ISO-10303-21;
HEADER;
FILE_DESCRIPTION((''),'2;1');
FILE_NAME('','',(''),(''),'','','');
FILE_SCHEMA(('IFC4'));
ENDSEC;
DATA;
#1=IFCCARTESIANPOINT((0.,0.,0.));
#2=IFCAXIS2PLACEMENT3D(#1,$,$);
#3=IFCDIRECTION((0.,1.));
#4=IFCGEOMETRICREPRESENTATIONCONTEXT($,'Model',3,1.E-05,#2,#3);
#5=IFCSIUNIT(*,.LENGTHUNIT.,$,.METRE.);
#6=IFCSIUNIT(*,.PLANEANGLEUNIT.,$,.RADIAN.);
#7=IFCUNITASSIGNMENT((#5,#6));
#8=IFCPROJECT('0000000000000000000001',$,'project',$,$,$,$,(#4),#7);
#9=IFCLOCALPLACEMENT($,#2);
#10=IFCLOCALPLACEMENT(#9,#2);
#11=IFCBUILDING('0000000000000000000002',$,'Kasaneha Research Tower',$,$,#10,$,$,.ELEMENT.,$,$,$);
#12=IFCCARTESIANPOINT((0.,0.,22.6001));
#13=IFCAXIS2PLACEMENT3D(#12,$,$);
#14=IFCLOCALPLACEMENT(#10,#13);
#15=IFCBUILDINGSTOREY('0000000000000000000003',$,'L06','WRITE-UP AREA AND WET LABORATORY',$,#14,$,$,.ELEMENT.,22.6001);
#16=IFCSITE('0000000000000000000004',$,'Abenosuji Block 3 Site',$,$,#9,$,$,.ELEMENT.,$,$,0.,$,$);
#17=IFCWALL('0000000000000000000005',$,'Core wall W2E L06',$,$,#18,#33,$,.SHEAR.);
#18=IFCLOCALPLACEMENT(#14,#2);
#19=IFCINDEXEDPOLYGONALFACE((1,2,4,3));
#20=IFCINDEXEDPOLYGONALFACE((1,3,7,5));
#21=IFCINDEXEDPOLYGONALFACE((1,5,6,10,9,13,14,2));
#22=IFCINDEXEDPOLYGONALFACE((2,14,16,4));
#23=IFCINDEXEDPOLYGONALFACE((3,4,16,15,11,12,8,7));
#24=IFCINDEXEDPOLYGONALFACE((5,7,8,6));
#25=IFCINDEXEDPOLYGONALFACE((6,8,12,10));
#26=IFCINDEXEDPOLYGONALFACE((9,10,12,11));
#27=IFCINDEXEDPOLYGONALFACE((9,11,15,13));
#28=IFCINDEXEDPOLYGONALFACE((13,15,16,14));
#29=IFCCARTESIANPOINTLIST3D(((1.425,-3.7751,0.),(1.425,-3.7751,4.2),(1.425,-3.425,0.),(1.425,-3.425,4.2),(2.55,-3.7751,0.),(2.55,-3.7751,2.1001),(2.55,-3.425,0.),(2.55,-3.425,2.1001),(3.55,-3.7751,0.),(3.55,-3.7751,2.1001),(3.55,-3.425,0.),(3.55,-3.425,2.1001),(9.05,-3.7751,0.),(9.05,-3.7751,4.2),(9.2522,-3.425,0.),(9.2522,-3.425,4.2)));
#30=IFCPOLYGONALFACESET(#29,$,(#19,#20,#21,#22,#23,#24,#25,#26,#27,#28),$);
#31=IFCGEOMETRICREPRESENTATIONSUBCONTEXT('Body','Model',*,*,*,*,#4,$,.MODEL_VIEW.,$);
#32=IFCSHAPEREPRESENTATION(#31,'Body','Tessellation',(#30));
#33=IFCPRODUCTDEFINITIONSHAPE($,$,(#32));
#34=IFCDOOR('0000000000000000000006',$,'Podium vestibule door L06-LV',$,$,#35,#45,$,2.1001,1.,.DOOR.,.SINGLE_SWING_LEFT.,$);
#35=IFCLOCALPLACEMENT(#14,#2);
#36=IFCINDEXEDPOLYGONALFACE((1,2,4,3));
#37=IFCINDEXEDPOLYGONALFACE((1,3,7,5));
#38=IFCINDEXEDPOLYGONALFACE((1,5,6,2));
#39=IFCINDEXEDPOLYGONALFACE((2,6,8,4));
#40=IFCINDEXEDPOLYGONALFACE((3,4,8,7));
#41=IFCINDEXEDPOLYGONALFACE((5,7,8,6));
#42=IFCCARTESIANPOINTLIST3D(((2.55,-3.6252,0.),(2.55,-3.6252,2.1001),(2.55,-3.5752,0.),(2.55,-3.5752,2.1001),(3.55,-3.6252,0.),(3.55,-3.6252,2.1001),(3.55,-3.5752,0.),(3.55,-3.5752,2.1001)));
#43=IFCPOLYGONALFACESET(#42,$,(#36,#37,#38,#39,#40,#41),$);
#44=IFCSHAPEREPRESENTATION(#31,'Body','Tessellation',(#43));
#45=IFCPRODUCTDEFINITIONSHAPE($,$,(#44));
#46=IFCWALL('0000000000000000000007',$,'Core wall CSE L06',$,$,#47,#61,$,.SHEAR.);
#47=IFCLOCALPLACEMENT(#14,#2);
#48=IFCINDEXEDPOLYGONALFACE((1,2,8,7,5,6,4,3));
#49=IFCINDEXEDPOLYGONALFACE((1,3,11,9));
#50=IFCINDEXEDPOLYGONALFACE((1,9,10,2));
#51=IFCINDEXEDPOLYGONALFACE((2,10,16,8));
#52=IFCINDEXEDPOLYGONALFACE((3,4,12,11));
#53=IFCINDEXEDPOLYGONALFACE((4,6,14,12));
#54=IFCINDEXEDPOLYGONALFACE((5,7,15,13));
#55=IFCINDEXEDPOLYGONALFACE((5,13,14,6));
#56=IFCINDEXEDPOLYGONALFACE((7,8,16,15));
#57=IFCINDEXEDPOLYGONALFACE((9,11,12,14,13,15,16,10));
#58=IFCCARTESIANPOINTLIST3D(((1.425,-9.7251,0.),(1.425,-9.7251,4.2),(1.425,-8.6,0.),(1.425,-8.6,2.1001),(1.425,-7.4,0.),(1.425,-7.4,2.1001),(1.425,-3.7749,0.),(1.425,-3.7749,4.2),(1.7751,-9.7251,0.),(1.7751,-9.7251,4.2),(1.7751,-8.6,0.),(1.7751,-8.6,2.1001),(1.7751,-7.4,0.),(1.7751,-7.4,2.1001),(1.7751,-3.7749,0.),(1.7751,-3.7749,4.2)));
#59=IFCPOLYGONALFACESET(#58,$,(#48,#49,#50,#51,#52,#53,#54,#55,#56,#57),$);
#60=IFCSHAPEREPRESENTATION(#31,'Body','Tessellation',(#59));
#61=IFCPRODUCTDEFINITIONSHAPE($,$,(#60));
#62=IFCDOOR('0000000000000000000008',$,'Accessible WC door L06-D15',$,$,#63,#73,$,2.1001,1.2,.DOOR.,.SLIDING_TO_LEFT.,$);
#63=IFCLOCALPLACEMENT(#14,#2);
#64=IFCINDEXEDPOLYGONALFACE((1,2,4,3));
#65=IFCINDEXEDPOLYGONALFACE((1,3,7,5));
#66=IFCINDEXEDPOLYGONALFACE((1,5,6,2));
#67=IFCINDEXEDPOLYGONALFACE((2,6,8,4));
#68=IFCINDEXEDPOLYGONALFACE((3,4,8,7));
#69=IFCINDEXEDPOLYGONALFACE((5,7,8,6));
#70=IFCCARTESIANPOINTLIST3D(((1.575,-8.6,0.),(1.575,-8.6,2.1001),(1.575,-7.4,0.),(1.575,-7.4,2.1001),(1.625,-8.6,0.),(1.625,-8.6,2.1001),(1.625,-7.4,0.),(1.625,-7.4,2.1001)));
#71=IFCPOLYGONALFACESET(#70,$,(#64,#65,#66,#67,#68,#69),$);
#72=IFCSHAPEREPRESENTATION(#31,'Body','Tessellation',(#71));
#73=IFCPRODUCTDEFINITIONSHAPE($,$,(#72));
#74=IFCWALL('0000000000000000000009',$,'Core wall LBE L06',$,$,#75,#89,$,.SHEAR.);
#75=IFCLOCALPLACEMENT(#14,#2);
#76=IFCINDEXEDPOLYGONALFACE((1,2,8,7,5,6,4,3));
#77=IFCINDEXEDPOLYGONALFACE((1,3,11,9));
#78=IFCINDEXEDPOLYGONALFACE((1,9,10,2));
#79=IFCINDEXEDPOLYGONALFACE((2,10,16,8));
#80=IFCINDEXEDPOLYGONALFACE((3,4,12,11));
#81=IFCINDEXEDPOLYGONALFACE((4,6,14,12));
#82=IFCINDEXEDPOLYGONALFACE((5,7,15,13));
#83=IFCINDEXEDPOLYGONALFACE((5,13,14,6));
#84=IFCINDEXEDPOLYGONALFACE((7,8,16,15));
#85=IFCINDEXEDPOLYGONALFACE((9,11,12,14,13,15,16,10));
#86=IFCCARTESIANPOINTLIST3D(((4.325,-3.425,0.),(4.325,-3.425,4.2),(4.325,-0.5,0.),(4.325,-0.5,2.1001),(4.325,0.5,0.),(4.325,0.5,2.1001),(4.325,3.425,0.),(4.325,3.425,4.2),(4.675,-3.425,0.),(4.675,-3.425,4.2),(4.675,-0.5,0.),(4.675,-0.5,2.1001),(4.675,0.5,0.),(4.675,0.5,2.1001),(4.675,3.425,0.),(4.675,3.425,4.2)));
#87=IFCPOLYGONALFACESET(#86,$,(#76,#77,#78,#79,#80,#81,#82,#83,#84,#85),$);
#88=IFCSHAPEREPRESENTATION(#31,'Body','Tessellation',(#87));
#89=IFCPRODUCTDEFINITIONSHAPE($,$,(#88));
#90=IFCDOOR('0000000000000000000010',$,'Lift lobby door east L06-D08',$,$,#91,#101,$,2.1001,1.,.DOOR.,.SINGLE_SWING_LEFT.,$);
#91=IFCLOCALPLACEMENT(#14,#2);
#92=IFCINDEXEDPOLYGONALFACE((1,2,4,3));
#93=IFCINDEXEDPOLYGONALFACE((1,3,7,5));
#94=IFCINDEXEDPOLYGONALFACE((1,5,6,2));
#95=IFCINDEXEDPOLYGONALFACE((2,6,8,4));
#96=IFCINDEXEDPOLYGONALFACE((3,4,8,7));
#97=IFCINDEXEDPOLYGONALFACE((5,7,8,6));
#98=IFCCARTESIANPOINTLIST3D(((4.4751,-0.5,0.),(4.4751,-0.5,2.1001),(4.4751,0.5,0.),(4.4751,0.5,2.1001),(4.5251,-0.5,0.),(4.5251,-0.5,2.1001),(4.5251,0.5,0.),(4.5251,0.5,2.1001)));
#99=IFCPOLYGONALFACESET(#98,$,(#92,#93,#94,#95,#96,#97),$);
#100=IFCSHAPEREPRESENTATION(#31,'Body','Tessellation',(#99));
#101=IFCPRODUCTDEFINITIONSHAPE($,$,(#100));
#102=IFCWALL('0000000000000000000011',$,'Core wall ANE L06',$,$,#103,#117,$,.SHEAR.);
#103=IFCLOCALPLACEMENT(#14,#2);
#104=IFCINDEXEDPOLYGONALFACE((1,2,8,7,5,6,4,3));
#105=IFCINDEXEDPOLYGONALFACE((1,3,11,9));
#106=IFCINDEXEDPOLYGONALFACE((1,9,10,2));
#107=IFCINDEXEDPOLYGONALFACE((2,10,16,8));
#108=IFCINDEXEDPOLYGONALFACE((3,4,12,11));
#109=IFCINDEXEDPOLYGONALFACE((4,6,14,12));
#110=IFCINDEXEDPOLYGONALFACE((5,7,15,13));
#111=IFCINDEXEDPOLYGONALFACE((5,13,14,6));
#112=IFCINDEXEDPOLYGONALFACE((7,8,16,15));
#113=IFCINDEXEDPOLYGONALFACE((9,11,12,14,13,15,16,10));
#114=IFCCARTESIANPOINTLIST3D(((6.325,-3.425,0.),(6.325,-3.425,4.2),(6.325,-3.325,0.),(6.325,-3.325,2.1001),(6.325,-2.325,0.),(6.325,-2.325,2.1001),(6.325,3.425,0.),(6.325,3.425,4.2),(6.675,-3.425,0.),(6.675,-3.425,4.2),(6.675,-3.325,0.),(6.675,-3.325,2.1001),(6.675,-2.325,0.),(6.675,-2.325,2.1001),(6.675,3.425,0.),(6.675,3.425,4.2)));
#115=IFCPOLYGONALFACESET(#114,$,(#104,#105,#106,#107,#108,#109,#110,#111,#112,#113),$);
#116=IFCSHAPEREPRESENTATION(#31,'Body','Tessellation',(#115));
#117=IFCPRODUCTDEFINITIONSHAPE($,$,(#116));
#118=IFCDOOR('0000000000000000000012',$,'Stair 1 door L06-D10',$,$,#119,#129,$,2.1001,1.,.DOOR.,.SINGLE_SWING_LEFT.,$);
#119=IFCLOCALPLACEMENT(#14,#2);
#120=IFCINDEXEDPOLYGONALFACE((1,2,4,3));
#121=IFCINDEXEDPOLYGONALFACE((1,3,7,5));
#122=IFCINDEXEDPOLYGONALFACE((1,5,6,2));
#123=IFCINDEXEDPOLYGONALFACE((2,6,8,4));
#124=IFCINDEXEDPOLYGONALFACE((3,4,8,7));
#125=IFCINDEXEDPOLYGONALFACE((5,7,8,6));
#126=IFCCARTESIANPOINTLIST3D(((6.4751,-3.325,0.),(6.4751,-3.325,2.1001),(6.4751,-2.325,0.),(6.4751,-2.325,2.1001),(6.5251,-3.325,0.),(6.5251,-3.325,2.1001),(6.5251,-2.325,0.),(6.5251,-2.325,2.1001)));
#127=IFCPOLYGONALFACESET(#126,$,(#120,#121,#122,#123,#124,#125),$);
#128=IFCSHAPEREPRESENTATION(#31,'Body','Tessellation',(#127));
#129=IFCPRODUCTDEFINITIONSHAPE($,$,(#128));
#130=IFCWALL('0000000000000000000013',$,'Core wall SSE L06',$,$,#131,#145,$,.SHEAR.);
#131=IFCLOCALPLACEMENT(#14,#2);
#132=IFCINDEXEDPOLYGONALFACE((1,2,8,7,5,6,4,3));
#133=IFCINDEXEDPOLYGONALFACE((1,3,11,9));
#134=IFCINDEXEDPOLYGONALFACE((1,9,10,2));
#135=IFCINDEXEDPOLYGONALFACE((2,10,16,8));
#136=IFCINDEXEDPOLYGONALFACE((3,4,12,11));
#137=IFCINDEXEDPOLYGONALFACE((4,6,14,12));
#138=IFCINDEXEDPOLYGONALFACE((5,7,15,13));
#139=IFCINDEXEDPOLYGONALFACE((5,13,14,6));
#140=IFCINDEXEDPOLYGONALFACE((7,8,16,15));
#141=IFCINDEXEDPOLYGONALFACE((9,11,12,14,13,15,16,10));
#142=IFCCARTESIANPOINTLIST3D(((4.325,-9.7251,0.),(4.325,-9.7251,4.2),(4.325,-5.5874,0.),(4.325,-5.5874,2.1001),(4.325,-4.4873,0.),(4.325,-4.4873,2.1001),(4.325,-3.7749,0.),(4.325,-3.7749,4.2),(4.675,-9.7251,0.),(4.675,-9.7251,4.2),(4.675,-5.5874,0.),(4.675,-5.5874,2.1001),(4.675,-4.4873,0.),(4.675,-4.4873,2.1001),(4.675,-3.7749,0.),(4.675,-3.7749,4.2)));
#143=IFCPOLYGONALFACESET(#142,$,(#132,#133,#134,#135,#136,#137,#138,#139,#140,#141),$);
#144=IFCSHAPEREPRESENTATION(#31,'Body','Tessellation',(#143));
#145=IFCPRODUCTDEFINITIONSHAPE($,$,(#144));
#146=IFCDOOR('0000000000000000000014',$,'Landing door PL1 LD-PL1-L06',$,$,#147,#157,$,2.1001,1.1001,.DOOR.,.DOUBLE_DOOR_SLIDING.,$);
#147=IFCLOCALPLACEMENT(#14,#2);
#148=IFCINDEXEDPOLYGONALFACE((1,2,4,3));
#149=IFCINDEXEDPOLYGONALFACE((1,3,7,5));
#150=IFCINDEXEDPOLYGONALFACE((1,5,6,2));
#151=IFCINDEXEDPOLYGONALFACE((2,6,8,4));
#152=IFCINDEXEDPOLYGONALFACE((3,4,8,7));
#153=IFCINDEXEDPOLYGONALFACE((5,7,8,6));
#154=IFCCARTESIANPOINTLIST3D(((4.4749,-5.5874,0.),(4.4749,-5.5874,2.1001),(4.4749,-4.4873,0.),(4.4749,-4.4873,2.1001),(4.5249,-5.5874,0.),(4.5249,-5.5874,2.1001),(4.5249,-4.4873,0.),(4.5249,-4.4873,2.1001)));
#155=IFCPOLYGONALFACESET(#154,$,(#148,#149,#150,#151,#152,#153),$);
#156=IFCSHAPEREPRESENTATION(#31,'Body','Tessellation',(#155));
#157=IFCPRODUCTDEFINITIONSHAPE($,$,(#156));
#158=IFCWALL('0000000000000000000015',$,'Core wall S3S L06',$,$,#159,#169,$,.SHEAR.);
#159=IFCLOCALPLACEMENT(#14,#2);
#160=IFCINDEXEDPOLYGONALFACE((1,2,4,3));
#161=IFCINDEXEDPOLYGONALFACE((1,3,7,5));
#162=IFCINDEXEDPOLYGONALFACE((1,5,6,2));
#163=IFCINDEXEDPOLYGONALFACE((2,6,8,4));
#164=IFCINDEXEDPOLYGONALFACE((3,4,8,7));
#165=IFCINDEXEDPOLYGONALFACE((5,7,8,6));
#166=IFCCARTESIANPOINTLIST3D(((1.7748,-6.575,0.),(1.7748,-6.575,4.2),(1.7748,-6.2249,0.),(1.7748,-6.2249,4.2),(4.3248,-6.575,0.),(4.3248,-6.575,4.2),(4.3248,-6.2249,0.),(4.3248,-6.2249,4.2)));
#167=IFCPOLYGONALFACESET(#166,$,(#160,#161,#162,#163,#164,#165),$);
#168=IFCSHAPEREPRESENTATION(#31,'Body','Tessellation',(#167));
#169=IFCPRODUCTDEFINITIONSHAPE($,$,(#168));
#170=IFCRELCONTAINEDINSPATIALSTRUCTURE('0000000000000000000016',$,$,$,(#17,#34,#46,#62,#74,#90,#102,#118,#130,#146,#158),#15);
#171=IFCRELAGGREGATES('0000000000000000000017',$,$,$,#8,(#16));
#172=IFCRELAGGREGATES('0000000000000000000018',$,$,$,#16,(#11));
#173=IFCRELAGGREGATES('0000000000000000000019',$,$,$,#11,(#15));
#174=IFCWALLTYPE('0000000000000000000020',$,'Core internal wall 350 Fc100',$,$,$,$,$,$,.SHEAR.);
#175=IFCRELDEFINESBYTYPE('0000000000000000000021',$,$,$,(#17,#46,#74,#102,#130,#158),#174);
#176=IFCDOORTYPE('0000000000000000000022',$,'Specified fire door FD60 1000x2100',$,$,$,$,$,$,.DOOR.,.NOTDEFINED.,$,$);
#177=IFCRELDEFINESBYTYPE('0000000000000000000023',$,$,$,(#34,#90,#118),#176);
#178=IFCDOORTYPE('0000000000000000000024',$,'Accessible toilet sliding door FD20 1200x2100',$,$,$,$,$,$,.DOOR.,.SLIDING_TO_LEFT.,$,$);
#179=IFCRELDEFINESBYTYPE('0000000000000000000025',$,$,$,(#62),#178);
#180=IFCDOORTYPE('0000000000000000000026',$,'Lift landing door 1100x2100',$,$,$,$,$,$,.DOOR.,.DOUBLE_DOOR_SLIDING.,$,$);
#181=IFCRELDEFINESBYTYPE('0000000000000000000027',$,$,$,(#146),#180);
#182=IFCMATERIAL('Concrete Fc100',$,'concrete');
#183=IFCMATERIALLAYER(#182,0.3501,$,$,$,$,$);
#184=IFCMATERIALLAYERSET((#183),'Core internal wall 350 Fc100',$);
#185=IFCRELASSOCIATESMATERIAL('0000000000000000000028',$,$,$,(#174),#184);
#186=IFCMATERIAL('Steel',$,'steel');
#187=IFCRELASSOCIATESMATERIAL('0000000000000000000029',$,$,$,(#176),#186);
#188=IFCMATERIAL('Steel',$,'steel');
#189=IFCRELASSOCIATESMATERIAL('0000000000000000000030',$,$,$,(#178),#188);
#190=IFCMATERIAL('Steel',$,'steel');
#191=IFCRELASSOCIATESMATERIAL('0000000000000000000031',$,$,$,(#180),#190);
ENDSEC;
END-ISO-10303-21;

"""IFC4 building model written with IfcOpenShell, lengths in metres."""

from ifc_helpers import new_model, si_unit, direction, frame, frame_2d, origin, place, context, subcontext, project, spatial, polyline, rectangle, outline, extrude, material, layer, layer_set, type_object, element, fill, save


model = new_model("IFC4")

# Units and contexts
model_context = context("Model", 3, precision=1e-05, world=origin(), true_north=direction((0.0, 1.0)))
body_context = subcontext(model_context, "Body", "Model", "MODEL_VIEW")
ifc_project = project(units=[si_unit("LENGTHUNIT", "METRE"), si_unit("PLANEANGLEUNIT", "RADIAN")], contexts=[model_context])

# Site, building, storey
site_placement = place(None, origin())
site = spatial("IfcSite", under=ifc_project, at=site_placement, Name="Abenosuji Block 3 Site", CompositionType="ELEMENT", RefElevation=0.0)
building_placement = place(site_placement, origin())
building = spatial("IfcBuilding", under=site, at=building_placement, Name="Kasaneha Research Tower", CompositionType="ELEMENT")
storey_placement = place(building_placement, frame((0.0, 0.0, 22.6001)))
storey = spatial("IfcBuildingStorey", under=building, at=storey_placement, Name="L06", Description="WRITE-UP AREA AND WET LABORATORY", CompositionType="ELEMENT", Elevation=22.6001)

# Walls, openings, doors
ifc_material_1 = material(Name="Concrete Fc100", Category="concrete")
ifc_layer_1 = layer(ifc_material_1, 0.3501)
ifc_layer_set_1 = layer_set([ifc_layer_1], Name="Core internal wall 350 Fc100")
wall_type_1 = type_object("IfcWallType", Name="Core internal wall 350 Fc100", PredefinedType="SHEAR", material=ifc_layer_set_1)
wall_1_placement = place(storey_placement, frame((1.425, -3.6001, 0.0), z_axis=(0.0, 0.0, 1.0), x_axis=(1.0, 0.0, 0.0)))
wall_1 = element("IfcWall", 1, at=wall_1_placement, inside=storey, type_object=wall_type_1, Name="Core wall W2E L06", PredefinedType="SHEAR", context=body_context, shape_type="SweptSolid", body=[
    extrude(outline(polyline([(0.0, -0.175), (1.125, -0.175), (2.125, -0.175), (7.625, -0.175), (7.8271, 0.175), (2.125, 0.175), (1.125, 0.175), (0.0, 0.175), (0.0, -0.175)])), origin(), (0.0, 0.0, 1.0), 4.2),
])
opening_1_placement = place(wall_1_placement, frame((1.125, 0.0, 0.0)))
opening_1 = element("IfcOpeningElement", 2, at=opening_1_placement, cuts=wall_1, PredefinedType="OPENING", context=body_context, shape_type="SweptSolid", body=[
    extrude(rectangle(XDim=1.0, YDim=2.1001, at=frame_2d((0.5, 1.05))), frame((0.0, 0.1851, 0.0), z_axis=(0.0, -1.0, 0.0), x_axis=(1.0, 0.0, 0.0)), (0.0, 0.0, 1.0), 0.3701),
])
ifc_material_2 = material(Name="Steel", Category="steel")
door_type_1 = type_object("IfcDoorType", Name="Specified fire door FD60 1000x2100", OperationType="NOTDEFINED", PredefinedType="DOOR", material=ifc_material_2)
door_1_placement = place(opening_1_placement, origin())
door_1 = element("IfcDoor", 3, at=door_1_placement, inside=storey, type_object=door_type_1, Name="Podium vestibule door L06-LV", OperationType="SINGLE_SWING_LEFT", OverallHeight=2.1001, OverallWidth=1.0, PredefinedType="DOOR", context=body_context, shape_type="SweptSolid", body=[
    extrude(rectangle(XDim=1.0, YDim=2.1001, at=frame_2d((0.5, 1.05))), frame((0.0, 0.0249, 0.0), z_axis=(0.0, -1.0, 0.0), x_axis=(1.0, 0.0, 0.0)), (0.0, 0.0, 1.0), 0.05),
])
fill(opening_1, door_1)
wall_2_placement = place(storey_placement, frame((1.6001, -3.7749, 0.0), z_axis=(0.0, 0.0, 1.0), x_axis=(0.0, -1.0, 0.0)))
wall_2 = element("IfcWall", 4, at=wall_2_placement, inside=storey, type_object=wall_type_1, Name="Core wall CSE L06", PredefinedType="SHEAR", context=body_context, shape_type="SweptSolid", body=[
    extrude(rectangle(XDim=5.9502, YDim=0.3501, at=frame_2d((2.9751, 0.0))), origin(), (0.0, 0.0, 1.0), 4.2),
])
opening_2_placement = place(wall_2_placement, frame((3.625, 0.0, 0.0)))
opening_2 = element("IfcOpeningElement", 5, at=opening_2_placement, cuts=wall_2, PredefinedType="OPENING", context=body_context, shape_type="SweptSolid", body=[
    extrude(rectangle(XDim=1.2, YDim=2.1001, at=frame_2d((0.6001, 1.05))), frame((0.0, 0.1851, 0.0), z_axis=(0.0, -1.0, 0.0), x_axis=(1.0, 0.0, 0.0)), (0.0, 0.0, 1.0), 0.3701),
])
ifc_material_3 = material(Name="Steel", Category="steel")
door_type_2 = type_object("IfcDoorType", Name="Accessible toilet sliding door FD20 1200x2100", OperationType="SLIDING_TO_LEFT", PredefinedType="DOOR", material=ifc_material_3)
door_2_placement = place(opening_2_placement, origin())
door_2 = element("IfcDoor", 6, at=door_2_placement, inside=storey, type_object=door_type_2, Name="Accessible WC door L06-D15", OperationType="SLIDING_TO_LEFT", OverallHeight=2.1001, OverallWidth=1.2, PredefinedType="DOOR", context=body_context, shape_type="SweptSolid", body=[
    extrude(rectangle(XDim=1.2, YDim=2.1001, at=frame_2d((0.6001, 1.05))), frame((0.0, 0.0249, 0.0), z_axis=(0.0, -1.0, 0.0), x_axis=(1.0, 0.0, 0.0)), (0.0, 0.0, 1.0), 0.05),
])
fill(opening_2, door_2)
wall_3_placement = place(storey_placement, frame((4.5, -3.425, 0.0), z_axis=(0.0, 0.0, 1.0), x_axis=(0.0, 1.0, 0.0)))
wall_3 = element("IfcWall", 7, at=wall_3_placement, inside=storey, type_object=wall_type_1, Name="Core wall LBE L06", PredefinedType="SHEAR", context=body_context, shape_type="SweptSolid", body=[
    extrude(rectangle(XDim=6.8501, YDim=0.3501, at=frame_2d((3.425, 0.0))), origin(), (0.0, 0.0, 1.0), 4.2),
])
opening_3_placement = place(wall_3_placement, frame((2.925, 0.0, 0.0)))
opening_3 = element("IfcOpeningElement", 8, at=opening_3_placement, cuts=wall_3, PredefinedType="OPENING", context=body_context, shape_type="SweptSolid", body=[
    extrude(rectangle(XDim=1.0, YDim=2.1001, at=frame_2d((0.5, 1.05))), frame((0.0, 0.1851, 0.0), z_axis=(0.0, -1.0, 0.0), x_axis=(1.0, 0.0, 0.0)), (0.0, 0.0, 1.0), 0.3701),
])
door_3_placement = place(opening_3_placement, origin())
door_3 = element("IfcDoor", 9, at=door_3_placement, inside=storey, type_object=door_type_1, Name="Lift lobby door east L06-D08", OperationType="SINGLE_SWING_LEFT", OverallHeight=2.1001, OverallWidth=1.0, PredefinedType="DOOR", context=body_context, shape_type="SweptSolid", body=[
    extrude(rectangle(XDim=1.0, YDim=2.1001, at=frame_2d((0.5, 1.05))), frame((0.0, 0.0249, 0.0), z_axis=(0.0, -1.0, 0.0), x_axis=(1.0, 0.0, 0.0)), (0.0, 0.0, 1.0), 0.05),
])
fill(opening_3, door_3)
wall_4_placement = place(storey_placement, frame((6.5, -3.425, 0.0), z_axis=(0.0, 0.0, 1.0), x_axis=(0.0, 1.0, 0.0)))
wall_4 = element("IfcWall", 10, at=wall_4_placement, inside=storey, type_object=wall_type_1, Name="Core wall ANE L06", PredefinedType="SHEAR", context=body_context, shape_type="SweptSolid", body=[
    extrude(rectangle(XDim=6.8501, YDim=0.3501, at=frame_2d((3.425, 0.0))), origin(), (0.0, 0.0, 1.0), 4.2),
])
opening_4_placement = place(wall_4_placement, frame((0.1001, 0.0, 0.0)))
opening_4 = element("IfcOpeningElement", 11, at=opening_4_placement, cuts=wall_4, PredefinedType="OPENING", context=body_context, shape_type="SweptSolid", body=[
    extrude(rectangle(XDim=1.0, YDim=2.1001, at=frame_2d((0.5, 1.05))), frame((0.0, 0.1851, 0.0), z_axis=(0.0, -1.0, 0.0), x_axis=(1.0, 0.0, 0.0)), (0.0, 0.0, 1.0), 0.3701),
])
door_4_placement = place(opening_4_placement, origin())
door_4 = element("IfcDoor", 12, at=door_4_placement, inside=storey, type_object=door_type_1, Name="Stair 1 door L06-D10", OperationType="SINGLE_SWING_LEFT", OverallHeight=2.1001, OverallWidth=1.0, PredefinedType="DOOR", context=body_context, shape_type="SweptSolid", body=[
    extrude(rectangle(XDim=1.0, YDim=2.1001, at=frame_2d((0.5, 1.05))), frame((0.0, 0.0249, 0.0), z_axis=(0.0, -1.0, 0.0), x_axis=(1.0, 0.0, 0.0)), (0.0, 0.0, 1.0), 0.05),
])
fill(opening_4, door_4)
wall_5_placement = place(storey_placement, frame((4.5, -3.7749, 0.0), z_axis=(0.0, 0.0, 1.0), x_axis=(0.0, -1.0, 0.0)))
wall_5 = element("IfcWall", 13, at=wall_5_placement, inside=storey, type_object=wall_type_1, Name="Core wall SSE L06", PredefinedType="SHEAR", context=body_context, shape_type="SweptSolid", body=[
    extrude(rectangle(XDim=5.9502, YDim=0.3501, at=frame_2d((2.9751, 0.0))), origin(), (0.0, 0.0, 1.0), 4.2),
])
opening_5_placement = place(wall_5_placement, frame((0.7124, 0.0, 0.0)))
opening_5 = element("IfcOpeningElement", 14, at=opening_5_placement, cuts=wall_5, PredefinedType="OPENING", context=body_context, shape_type="SweptSolid", body=[
    extrude(rectangle(XDim=1.1001, YDim=2.1001, at=frame_2d((0.55, 1.05))), frame((0.0, 0.1851, 0.0), z_axis=(0.0, -1.0, 0.0), x_axis=(1.0, 0.0, 0.0)), (0.0, 0.0, 1.0), 0.3701),
])
ifc_material_4 = material(Name="Steel", Category="steel")
door_type_3 = type_object("IfcDoorType", Name="Lift landing door 1100x2100", OperationType="DOUBLE_DOOR_SLIDING", PredefinedType="DOOR", material=ifc_material_4)
door_5_placement = place(opening_5_placement, origin())
door_5 = element("IfcDoor", 15, at=door_5_placement, inside=storey, type_object=door_type_3, Name="Landing door PL1 LD-PL1-L06", OperationType="DOUBLE_DOOR_SLIDING", OverallHeight=2.1001, OverallWidth=1.1001, PredefinedType="DOOR", context=body_context, shape_type="SweptSolid", body=[
    extrude(rectangle(XDim=1.1001, YDim=2.1001, at=frame_2d((0.55, 1.05))), frame((0.0, 0.0249, 0.0), z_axis=(0.0, -1.0, 0.0), x_axis=(1.0, 0.0, 0.0)), (0.0, 0.0, 1.0), 0.05),
])
fill(opening_5, door_5)

# Wall
wall_6_placement = place(storey_placement, frame((1.7749, -6.3999, 0.0), z_axis=(0.0, 0.0, 1.0), x_axis=(1.0, 0.0, 0.0)))
element("IfcWall", 16, at=wall_6_placement, inside=storey, type_object=wall_type_1, Name="Core wall S3S L06", PredefinedType="SHEAR", context=body_context, shape_type="SweptSolid", body=[
    extrude(rectangle(XDim=2.55, YDim=0.3501, at=frame_2d((1.2749, 0.0))), origin(), (0.0, 0.0, 1.0), 4.2),
])

save(model, "model.ifc")
